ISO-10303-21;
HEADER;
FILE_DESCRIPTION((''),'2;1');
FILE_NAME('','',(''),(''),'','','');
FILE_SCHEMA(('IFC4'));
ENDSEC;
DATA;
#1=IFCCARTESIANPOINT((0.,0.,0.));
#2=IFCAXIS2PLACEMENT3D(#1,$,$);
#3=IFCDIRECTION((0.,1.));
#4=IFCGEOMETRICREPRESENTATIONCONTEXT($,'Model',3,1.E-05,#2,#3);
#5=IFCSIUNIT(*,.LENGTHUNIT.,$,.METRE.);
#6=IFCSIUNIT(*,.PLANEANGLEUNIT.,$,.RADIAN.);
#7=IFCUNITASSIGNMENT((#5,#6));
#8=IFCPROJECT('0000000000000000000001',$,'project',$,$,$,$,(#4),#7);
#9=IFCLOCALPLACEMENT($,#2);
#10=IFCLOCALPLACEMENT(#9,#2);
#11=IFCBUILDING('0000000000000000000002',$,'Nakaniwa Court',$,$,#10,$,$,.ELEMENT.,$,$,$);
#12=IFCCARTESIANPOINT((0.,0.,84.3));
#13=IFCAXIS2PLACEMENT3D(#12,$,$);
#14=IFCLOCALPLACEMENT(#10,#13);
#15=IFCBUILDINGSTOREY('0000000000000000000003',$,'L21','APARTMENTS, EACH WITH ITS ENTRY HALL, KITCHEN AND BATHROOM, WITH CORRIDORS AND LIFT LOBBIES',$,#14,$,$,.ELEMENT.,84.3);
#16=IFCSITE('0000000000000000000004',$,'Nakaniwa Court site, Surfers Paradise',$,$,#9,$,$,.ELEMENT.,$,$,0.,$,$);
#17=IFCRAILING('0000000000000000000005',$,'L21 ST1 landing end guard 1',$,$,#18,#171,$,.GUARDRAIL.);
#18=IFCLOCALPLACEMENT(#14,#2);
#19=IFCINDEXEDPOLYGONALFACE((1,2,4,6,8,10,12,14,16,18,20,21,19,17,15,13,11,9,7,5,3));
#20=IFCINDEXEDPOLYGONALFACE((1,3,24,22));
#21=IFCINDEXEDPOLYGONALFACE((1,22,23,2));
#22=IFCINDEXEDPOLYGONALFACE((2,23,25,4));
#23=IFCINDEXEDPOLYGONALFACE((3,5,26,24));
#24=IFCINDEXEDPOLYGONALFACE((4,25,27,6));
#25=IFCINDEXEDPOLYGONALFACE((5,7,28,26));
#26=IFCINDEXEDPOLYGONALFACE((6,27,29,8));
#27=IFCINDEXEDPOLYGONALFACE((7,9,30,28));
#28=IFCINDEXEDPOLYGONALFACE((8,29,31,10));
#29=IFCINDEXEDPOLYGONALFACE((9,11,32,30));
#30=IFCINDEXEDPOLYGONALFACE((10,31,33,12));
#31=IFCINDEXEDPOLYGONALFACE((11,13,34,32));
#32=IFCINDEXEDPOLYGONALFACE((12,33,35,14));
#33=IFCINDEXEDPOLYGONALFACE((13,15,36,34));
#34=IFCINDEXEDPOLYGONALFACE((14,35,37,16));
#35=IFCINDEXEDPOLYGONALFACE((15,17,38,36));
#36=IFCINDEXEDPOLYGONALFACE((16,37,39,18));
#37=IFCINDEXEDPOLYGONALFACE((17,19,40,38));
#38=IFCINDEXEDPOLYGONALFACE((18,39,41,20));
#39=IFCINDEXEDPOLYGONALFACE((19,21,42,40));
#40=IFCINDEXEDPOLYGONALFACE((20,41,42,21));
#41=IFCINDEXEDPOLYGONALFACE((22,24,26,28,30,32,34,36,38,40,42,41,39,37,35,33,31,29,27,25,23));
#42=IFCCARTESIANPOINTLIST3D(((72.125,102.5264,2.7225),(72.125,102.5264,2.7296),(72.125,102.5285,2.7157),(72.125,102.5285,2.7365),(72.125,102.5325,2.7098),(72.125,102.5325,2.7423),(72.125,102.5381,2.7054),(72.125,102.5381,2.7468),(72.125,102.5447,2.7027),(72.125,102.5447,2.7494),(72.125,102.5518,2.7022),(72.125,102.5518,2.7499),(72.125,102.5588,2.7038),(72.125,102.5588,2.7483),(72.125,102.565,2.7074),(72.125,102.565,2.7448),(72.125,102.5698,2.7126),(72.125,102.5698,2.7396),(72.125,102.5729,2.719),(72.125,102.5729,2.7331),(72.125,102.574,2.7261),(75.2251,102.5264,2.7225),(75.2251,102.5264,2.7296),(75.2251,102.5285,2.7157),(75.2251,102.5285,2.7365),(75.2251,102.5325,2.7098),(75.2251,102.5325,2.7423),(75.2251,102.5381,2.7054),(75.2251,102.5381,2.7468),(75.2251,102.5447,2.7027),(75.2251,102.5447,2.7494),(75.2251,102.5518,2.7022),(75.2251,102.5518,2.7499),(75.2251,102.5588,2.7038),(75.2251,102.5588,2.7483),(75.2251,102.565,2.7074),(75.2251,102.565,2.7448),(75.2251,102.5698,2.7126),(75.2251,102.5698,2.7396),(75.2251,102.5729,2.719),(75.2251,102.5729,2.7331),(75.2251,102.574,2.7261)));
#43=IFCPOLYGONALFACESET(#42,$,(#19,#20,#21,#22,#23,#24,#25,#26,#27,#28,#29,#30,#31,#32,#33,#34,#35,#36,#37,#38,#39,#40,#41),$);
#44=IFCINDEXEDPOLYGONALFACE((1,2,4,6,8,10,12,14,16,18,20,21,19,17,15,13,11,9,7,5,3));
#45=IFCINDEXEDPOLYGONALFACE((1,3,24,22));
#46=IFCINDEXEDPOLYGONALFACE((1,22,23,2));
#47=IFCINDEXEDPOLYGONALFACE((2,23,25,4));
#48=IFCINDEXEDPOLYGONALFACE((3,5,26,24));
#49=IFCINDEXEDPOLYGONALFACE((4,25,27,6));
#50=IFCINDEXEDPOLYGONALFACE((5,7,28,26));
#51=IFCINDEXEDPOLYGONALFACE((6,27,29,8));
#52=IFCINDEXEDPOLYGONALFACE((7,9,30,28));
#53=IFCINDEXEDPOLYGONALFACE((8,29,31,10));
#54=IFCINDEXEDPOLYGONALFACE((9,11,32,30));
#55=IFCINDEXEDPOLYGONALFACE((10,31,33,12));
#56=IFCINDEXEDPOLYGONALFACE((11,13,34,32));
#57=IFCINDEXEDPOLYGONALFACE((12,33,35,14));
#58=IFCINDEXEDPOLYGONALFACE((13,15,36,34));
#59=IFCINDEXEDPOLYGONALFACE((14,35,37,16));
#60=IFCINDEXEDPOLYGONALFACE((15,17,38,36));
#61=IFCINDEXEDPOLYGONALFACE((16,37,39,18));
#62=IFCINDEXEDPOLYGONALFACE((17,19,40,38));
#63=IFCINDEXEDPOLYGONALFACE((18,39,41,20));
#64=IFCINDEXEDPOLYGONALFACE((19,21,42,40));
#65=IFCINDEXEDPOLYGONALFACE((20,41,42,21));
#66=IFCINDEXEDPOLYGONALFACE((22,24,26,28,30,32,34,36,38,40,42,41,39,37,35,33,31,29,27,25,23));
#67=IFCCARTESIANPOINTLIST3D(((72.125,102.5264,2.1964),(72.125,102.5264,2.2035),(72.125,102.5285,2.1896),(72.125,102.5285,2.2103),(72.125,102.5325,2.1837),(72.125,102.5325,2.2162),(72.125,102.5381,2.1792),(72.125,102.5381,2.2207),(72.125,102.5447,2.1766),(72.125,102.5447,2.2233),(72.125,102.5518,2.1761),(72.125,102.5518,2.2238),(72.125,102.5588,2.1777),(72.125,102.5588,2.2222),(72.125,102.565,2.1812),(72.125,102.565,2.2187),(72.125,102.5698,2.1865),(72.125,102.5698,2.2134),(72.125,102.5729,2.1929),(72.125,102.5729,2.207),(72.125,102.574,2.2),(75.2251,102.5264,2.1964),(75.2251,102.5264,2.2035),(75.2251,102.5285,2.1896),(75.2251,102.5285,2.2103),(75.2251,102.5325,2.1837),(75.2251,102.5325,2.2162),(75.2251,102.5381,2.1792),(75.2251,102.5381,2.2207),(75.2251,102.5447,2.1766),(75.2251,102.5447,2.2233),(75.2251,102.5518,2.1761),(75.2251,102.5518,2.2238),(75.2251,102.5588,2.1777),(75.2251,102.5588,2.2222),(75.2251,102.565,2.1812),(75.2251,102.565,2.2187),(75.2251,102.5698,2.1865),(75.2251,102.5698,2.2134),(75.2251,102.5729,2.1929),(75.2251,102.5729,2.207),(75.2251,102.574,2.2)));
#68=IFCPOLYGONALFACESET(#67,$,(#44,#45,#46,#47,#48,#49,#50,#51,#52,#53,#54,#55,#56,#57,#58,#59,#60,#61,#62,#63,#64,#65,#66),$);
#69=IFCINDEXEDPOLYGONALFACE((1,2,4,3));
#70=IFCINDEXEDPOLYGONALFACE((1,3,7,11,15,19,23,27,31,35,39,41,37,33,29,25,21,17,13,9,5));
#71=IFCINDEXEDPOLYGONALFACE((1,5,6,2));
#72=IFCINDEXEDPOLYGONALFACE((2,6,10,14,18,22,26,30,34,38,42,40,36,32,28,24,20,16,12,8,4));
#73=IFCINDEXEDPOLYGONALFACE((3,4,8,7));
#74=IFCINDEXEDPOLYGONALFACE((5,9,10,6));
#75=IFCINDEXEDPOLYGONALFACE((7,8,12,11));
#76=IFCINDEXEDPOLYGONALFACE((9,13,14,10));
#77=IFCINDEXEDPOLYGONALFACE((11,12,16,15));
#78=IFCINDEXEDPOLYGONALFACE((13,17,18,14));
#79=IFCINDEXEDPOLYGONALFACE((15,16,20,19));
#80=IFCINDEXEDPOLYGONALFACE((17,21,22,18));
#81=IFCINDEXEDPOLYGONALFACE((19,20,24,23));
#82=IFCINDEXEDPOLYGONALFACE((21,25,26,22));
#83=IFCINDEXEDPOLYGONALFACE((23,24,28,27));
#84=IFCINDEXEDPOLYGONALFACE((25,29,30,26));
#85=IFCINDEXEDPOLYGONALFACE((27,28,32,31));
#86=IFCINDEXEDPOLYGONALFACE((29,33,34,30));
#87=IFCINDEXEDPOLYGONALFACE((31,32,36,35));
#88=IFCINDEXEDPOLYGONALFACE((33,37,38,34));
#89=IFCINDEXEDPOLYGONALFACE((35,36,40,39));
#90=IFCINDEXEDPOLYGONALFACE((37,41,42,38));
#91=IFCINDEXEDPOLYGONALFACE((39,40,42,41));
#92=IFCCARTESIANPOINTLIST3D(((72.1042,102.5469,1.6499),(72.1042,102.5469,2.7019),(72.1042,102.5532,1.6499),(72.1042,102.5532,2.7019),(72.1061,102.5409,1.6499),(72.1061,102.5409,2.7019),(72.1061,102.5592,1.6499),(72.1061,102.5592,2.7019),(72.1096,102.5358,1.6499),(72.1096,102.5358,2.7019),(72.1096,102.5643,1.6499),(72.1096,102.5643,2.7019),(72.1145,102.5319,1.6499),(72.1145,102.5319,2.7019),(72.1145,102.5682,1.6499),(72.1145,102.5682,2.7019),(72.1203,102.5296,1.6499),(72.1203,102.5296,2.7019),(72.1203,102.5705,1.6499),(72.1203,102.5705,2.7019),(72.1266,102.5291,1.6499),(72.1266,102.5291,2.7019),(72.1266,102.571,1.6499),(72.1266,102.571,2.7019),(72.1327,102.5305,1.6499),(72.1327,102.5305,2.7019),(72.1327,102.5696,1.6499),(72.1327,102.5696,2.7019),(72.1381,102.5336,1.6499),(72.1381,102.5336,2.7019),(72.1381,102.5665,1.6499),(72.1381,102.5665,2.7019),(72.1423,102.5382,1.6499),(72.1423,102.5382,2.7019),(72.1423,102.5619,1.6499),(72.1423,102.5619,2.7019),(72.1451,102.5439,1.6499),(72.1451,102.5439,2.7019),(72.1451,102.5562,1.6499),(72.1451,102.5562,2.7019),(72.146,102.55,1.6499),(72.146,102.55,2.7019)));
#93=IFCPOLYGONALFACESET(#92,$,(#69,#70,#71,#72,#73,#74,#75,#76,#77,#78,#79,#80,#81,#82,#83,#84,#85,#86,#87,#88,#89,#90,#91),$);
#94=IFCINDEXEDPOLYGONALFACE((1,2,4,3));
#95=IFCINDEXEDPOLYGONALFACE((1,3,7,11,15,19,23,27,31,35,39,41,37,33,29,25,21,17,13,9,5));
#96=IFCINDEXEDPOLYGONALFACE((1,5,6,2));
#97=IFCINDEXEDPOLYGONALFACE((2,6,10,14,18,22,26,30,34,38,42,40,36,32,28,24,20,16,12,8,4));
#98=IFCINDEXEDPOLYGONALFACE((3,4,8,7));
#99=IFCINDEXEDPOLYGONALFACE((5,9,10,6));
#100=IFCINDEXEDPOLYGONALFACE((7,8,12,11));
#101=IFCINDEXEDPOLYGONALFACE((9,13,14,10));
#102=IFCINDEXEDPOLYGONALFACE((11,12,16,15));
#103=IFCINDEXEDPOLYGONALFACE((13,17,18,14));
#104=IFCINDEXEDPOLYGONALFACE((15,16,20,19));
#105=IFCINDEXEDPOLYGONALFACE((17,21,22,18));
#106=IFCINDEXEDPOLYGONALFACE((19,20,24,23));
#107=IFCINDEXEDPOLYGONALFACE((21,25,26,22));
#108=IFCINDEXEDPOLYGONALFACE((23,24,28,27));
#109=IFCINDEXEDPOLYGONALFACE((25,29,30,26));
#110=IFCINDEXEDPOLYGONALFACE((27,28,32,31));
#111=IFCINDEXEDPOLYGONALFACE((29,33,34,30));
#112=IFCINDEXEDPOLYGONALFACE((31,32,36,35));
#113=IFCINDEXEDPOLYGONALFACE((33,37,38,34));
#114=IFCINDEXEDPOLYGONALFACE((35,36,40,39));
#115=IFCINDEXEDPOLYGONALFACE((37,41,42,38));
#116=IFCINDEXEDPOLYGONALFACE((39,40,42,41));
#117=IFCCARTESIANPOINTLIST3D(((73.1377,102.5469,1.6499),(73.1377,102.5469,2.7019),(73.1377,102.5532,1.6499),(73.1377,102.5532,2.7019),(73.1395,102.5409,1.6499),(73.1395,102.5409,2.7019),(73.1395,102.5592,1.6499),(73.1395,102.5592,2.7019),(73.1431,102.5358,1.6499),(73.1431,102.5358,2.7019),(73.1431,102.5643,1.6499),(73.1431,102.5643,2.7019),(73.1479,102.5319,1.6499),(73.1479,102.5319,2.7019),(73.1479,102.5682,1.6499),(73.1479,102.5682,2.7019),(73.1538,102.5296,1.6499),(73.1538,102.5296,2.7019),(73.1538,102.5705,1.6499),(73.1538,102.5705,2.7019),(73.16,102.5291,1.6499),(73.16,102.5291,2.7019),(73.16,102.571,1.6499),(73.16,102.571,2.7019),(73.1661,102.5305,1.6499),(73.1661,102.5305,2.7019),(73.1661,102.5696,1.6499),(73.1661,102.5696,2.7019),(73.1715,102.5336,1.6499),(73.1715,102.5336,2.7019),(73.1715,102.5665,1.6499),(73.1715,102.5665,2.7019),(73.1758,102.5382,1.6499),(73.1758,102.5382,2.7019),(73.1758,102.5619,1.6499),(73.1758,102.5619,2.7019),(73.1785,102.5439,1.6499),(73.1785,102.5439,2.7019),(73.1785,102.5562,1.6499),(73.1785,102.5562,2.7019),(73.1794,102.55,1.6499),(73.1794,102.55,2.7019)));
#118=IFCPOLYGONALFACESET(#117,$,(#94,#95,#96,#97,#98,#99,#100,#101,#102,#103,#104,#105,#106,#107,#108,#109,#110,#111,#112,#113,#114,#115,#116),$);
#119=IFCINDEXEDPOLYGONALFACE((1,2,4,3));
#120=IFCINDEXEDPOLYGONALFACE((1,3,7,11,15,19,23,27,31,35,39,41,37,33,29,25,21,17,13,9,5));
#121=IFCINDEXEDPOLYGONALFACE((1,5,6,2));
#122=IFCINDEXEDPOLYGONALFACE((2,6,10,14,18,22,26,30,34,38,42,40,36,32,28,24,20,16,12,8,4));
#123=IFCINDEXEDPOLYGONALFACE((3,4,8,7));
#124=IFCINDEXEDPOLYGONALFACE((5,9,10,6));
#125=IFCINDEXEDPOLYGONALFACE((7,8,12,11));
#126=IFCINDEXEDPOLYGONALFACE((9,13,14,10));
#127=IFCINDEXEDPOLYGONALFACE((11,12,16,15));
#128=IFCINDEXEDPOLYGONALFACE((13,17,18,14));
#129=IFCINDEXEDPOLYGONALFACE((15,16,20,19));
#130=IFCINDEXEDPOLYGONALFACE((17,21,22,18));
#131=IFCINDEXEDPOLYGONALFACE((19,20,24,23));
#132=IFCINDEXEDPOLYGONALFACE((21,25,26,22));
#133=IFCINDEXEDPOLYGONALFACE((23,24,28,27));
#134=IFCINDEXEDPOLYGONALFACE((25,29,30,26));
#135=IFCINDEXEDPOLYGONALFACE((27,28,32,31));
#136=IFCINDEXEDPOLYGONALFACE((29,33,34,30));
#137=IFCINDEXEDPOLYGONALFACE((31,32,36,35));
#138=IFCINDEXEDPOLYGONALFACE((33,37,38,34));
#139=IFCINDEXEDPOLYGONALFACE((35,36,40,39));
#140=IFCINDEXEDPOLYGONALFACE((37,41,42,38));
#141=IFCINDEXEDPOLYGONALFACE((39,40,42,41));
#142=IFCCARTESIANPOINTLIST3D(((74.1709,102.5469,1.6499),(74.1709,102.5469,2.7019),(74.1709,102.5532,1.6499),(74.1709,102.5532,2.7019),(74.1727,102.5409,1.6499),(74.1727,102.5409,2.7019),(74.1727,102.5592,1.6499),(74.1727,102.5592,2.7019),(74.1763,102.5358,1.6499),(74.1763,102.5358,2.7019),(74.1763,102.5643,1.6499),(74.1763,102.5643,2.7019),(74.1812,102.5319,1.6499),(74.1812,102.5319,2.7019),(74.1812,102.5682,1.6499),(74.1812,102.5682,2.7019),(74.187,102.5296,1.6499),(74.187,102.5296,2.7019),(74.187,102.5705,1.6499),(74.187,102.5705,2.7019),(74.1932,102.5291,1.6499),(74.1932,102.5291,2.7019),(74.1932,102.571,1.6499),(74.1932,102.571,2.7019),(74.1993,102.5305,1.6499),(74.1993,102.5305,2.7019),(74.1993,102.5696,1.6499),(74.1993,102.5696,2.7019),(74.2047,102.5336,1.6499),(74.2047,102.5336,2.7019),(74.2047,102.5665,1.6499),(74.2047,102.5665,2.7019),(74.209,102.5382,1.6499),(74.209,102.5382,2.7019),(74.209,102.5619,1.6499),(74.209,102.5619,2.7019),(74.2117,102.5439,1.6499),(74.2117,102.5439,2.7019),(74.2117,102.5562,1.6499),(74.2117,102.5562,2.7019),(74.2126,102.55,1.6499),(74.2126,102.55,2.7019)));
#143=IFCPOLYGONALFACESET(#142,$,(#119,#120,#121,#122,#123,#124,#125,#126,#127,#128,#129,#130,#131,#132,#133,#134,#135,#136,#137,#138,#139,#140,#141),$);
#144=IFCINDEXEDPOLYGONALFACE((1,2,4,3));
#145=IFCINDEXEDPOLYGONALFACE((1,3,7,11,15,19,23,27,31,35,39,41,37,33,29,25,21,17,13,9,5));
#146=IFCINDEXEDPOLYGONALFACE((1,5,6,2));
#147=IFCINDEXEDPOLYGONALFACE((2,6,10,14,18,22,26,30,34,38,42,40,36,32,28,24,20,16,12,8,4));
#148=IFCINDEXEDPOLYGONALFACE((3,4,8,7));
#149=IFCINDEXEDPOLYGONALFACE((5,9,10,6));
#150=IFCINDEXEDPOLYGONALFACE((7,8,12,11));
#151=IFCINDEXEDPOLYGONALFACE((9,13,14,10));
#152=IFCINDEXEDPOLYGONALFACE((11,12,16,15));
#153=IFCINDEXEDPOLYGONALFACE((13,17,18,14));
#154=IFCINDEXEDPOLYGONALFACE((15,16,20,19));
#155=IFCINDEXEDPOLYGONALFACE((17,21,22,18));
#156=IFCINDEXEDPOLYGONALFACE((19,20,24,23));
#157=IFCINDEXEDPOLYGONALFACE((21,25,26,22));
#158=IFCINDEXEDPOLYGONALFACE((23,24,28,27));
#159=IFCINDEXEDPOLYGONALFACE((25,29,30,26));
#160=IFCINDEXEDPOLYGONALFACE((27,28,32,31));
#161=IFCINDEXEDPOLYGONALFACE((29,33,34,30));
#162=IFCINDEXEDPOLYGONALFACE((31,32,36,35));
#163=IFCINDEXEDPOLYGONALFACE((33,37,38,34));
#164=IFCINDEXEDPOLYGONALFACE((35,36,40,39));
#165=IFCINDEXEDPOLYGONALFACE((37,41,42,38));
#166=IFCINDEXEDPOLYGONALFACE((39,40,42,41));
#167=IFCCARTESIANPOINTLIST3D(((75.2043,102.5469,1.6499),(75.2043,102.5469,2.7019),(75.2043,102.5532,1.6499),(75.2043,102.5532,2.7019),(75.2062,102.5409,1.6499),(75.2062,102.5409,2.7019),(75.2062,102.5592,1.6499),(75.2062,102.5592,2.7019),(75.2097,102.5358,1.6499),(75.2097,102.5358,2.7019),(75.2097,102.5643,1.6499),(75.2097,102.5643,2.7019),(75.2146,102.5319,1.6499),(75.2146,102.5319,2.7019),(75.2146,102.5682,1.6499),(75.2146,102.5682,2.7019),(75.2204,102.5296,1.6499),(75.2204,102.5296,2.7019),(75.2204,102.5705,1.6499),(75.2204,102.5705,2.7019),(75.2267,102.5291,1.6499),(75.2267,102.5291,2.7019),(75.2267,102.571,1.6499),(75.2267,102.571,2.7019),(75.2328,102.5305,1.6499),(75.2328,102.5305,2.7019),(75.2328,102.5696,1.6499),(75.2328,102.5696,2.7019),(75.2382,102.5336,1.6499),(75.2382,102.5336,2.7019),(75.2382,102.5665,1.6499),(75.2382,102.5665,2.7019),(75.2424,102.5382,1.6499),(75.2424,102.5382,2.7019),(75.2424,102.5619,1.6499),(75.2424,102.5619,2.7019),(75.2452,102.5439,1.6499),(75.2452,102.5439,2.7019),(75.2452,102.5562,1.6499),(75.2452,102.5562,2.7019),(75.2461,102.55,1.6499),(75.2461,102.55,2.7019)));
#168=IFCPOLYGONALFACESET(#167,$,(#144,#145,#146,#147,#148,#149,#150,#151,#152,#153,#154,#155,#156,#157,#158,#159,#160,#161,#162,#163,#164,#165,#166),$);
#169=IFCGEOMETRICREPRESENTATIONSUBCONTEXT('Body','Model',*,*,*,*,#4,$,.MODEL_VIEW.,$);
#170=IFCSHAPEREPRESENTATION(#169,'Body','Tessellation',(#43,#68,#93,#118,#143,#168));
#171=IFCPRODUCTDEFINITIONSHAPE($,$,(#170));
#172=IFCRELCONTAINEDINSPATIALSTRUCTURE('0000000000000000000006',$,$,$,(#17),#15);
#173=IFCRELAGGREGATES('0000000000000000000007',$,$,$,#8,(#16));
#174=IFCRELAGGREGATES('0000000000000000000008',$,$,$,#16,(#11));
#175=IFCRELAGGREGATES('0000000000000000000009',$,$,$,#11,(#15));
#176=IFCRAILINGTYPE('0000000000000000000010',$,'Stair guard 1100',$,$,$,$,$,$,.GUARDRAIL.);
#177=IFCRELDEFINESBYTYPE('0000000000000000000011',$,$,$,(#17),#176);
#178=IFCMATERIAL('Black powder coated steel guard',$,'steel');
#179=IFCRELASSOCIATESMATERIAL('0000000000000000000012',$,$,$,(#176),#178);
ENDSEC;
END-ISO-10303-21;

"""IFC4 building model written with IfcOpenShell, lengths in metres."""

from ifc_helpers import new_model, si_unit, direction, frame, origin, origin_2d, place, context, subcontext, project, spatial, circle, extrude, material, type_object, element, save


model = new_model("IFC4")

# Units and contexts
model_context = context("Model", 3, precision=1e-05, world=origin(), true_north=direction((0.0, 1.0)))
body_context = subcontext(model_context, "Body", "Model", "MODEL_VIEW")
ifc_project = project(units=[si_unit("LENGTHUNIT", "METRE"), si_unit("PLANEANGLEUNIT", "RADIAN")], contexts=[model_context])

# Site, building, storey
site_placement = place(None, origin())
site = spatial("IfcSite", under=ifc_project, at=site_placement, Name="Nakaniwa Court site, Surfers Paradise", CompositionType="ELEMENT", RefElevation=0.0)
building_placement = place(site_placement, origin())
building = spatial("IfcBuilding", under=site, at=building_placement, Name="Nakaniwa Court", CompositionType="ELEMENT")
storey_placement = place(building_placement, frame((0.0, 0.0, 84.3)))
storey = spatial("IfcBuildingStorey", under=building, at=storey_placement, Name="L21", Description="APARTMENTS, EACH WITH ITS ENTRY HALL, KITCHEN AND BATHROOM, WITH CORRIDORS AND LIFT LOBBIES", CompositionType="ELEMENT", Elevation=84.3)

# Railing
ifc_material_1 = material(Name="Black powder coated steel guard", Category="steel")
railing_type_1 = type_object("IfcRailingType", Name="Stair guard 1100", PredefinedType="GUARDRAIL", material=ifc_material_1)
railing_1_placement = place(storey_placement, frame((72.125, 102.55, 1.6499)))
element("IfcRailing", 1, at=railing_1_placement, inside=storey, type_object=railing_type_1, Name="L21 ST1 landing end guard 1", PredefinedType="GUARDRAIL", context=body_context, shape_type="SweptSolid", body=[
    extrude(circle(Radius=0.0239, at=origin_2d()), frame((0.0, 0.0, 1.0762), z_axis=(1.0, 0.0, 0.0), x_axis=(0.0, 1.0, 0.0)), (0.0, 0.0, 1.0), 3.1001),
    extrude(circle(Radius=0.0239, at=origin_2d()), frame((0.0, 0.0, 0.55), z_axis=(1.0, 0.0, 0.0), x_axis=(0.0, 1.0, 0.0)), (0.0, 0.0, 1.0), 3.1001),
    extrude(circle(Radius=0.021, at=origin_2d()), origin(), (0.0, 0.0, 1.0), 1.052),
    extrude(circle(Radius=0.021, at=origin_2d()), frame((1.0334, 0.0, 0.0)), (0.0, 0.0, 1.0), 1.052),
    extrude(circle(Radius=0.021, at=origin_2d()), frame((2.0667, 0.0, 0.0)), (0.0, 0.0, 1.0), 1.052),
    extrude(circle(Radius=0.021, at=origin_2d()), frame((3.1001, 0.0, 0.0)), (0.0, 0.0, 1.0), 1.052),
])

save(model, "model.ifc")
